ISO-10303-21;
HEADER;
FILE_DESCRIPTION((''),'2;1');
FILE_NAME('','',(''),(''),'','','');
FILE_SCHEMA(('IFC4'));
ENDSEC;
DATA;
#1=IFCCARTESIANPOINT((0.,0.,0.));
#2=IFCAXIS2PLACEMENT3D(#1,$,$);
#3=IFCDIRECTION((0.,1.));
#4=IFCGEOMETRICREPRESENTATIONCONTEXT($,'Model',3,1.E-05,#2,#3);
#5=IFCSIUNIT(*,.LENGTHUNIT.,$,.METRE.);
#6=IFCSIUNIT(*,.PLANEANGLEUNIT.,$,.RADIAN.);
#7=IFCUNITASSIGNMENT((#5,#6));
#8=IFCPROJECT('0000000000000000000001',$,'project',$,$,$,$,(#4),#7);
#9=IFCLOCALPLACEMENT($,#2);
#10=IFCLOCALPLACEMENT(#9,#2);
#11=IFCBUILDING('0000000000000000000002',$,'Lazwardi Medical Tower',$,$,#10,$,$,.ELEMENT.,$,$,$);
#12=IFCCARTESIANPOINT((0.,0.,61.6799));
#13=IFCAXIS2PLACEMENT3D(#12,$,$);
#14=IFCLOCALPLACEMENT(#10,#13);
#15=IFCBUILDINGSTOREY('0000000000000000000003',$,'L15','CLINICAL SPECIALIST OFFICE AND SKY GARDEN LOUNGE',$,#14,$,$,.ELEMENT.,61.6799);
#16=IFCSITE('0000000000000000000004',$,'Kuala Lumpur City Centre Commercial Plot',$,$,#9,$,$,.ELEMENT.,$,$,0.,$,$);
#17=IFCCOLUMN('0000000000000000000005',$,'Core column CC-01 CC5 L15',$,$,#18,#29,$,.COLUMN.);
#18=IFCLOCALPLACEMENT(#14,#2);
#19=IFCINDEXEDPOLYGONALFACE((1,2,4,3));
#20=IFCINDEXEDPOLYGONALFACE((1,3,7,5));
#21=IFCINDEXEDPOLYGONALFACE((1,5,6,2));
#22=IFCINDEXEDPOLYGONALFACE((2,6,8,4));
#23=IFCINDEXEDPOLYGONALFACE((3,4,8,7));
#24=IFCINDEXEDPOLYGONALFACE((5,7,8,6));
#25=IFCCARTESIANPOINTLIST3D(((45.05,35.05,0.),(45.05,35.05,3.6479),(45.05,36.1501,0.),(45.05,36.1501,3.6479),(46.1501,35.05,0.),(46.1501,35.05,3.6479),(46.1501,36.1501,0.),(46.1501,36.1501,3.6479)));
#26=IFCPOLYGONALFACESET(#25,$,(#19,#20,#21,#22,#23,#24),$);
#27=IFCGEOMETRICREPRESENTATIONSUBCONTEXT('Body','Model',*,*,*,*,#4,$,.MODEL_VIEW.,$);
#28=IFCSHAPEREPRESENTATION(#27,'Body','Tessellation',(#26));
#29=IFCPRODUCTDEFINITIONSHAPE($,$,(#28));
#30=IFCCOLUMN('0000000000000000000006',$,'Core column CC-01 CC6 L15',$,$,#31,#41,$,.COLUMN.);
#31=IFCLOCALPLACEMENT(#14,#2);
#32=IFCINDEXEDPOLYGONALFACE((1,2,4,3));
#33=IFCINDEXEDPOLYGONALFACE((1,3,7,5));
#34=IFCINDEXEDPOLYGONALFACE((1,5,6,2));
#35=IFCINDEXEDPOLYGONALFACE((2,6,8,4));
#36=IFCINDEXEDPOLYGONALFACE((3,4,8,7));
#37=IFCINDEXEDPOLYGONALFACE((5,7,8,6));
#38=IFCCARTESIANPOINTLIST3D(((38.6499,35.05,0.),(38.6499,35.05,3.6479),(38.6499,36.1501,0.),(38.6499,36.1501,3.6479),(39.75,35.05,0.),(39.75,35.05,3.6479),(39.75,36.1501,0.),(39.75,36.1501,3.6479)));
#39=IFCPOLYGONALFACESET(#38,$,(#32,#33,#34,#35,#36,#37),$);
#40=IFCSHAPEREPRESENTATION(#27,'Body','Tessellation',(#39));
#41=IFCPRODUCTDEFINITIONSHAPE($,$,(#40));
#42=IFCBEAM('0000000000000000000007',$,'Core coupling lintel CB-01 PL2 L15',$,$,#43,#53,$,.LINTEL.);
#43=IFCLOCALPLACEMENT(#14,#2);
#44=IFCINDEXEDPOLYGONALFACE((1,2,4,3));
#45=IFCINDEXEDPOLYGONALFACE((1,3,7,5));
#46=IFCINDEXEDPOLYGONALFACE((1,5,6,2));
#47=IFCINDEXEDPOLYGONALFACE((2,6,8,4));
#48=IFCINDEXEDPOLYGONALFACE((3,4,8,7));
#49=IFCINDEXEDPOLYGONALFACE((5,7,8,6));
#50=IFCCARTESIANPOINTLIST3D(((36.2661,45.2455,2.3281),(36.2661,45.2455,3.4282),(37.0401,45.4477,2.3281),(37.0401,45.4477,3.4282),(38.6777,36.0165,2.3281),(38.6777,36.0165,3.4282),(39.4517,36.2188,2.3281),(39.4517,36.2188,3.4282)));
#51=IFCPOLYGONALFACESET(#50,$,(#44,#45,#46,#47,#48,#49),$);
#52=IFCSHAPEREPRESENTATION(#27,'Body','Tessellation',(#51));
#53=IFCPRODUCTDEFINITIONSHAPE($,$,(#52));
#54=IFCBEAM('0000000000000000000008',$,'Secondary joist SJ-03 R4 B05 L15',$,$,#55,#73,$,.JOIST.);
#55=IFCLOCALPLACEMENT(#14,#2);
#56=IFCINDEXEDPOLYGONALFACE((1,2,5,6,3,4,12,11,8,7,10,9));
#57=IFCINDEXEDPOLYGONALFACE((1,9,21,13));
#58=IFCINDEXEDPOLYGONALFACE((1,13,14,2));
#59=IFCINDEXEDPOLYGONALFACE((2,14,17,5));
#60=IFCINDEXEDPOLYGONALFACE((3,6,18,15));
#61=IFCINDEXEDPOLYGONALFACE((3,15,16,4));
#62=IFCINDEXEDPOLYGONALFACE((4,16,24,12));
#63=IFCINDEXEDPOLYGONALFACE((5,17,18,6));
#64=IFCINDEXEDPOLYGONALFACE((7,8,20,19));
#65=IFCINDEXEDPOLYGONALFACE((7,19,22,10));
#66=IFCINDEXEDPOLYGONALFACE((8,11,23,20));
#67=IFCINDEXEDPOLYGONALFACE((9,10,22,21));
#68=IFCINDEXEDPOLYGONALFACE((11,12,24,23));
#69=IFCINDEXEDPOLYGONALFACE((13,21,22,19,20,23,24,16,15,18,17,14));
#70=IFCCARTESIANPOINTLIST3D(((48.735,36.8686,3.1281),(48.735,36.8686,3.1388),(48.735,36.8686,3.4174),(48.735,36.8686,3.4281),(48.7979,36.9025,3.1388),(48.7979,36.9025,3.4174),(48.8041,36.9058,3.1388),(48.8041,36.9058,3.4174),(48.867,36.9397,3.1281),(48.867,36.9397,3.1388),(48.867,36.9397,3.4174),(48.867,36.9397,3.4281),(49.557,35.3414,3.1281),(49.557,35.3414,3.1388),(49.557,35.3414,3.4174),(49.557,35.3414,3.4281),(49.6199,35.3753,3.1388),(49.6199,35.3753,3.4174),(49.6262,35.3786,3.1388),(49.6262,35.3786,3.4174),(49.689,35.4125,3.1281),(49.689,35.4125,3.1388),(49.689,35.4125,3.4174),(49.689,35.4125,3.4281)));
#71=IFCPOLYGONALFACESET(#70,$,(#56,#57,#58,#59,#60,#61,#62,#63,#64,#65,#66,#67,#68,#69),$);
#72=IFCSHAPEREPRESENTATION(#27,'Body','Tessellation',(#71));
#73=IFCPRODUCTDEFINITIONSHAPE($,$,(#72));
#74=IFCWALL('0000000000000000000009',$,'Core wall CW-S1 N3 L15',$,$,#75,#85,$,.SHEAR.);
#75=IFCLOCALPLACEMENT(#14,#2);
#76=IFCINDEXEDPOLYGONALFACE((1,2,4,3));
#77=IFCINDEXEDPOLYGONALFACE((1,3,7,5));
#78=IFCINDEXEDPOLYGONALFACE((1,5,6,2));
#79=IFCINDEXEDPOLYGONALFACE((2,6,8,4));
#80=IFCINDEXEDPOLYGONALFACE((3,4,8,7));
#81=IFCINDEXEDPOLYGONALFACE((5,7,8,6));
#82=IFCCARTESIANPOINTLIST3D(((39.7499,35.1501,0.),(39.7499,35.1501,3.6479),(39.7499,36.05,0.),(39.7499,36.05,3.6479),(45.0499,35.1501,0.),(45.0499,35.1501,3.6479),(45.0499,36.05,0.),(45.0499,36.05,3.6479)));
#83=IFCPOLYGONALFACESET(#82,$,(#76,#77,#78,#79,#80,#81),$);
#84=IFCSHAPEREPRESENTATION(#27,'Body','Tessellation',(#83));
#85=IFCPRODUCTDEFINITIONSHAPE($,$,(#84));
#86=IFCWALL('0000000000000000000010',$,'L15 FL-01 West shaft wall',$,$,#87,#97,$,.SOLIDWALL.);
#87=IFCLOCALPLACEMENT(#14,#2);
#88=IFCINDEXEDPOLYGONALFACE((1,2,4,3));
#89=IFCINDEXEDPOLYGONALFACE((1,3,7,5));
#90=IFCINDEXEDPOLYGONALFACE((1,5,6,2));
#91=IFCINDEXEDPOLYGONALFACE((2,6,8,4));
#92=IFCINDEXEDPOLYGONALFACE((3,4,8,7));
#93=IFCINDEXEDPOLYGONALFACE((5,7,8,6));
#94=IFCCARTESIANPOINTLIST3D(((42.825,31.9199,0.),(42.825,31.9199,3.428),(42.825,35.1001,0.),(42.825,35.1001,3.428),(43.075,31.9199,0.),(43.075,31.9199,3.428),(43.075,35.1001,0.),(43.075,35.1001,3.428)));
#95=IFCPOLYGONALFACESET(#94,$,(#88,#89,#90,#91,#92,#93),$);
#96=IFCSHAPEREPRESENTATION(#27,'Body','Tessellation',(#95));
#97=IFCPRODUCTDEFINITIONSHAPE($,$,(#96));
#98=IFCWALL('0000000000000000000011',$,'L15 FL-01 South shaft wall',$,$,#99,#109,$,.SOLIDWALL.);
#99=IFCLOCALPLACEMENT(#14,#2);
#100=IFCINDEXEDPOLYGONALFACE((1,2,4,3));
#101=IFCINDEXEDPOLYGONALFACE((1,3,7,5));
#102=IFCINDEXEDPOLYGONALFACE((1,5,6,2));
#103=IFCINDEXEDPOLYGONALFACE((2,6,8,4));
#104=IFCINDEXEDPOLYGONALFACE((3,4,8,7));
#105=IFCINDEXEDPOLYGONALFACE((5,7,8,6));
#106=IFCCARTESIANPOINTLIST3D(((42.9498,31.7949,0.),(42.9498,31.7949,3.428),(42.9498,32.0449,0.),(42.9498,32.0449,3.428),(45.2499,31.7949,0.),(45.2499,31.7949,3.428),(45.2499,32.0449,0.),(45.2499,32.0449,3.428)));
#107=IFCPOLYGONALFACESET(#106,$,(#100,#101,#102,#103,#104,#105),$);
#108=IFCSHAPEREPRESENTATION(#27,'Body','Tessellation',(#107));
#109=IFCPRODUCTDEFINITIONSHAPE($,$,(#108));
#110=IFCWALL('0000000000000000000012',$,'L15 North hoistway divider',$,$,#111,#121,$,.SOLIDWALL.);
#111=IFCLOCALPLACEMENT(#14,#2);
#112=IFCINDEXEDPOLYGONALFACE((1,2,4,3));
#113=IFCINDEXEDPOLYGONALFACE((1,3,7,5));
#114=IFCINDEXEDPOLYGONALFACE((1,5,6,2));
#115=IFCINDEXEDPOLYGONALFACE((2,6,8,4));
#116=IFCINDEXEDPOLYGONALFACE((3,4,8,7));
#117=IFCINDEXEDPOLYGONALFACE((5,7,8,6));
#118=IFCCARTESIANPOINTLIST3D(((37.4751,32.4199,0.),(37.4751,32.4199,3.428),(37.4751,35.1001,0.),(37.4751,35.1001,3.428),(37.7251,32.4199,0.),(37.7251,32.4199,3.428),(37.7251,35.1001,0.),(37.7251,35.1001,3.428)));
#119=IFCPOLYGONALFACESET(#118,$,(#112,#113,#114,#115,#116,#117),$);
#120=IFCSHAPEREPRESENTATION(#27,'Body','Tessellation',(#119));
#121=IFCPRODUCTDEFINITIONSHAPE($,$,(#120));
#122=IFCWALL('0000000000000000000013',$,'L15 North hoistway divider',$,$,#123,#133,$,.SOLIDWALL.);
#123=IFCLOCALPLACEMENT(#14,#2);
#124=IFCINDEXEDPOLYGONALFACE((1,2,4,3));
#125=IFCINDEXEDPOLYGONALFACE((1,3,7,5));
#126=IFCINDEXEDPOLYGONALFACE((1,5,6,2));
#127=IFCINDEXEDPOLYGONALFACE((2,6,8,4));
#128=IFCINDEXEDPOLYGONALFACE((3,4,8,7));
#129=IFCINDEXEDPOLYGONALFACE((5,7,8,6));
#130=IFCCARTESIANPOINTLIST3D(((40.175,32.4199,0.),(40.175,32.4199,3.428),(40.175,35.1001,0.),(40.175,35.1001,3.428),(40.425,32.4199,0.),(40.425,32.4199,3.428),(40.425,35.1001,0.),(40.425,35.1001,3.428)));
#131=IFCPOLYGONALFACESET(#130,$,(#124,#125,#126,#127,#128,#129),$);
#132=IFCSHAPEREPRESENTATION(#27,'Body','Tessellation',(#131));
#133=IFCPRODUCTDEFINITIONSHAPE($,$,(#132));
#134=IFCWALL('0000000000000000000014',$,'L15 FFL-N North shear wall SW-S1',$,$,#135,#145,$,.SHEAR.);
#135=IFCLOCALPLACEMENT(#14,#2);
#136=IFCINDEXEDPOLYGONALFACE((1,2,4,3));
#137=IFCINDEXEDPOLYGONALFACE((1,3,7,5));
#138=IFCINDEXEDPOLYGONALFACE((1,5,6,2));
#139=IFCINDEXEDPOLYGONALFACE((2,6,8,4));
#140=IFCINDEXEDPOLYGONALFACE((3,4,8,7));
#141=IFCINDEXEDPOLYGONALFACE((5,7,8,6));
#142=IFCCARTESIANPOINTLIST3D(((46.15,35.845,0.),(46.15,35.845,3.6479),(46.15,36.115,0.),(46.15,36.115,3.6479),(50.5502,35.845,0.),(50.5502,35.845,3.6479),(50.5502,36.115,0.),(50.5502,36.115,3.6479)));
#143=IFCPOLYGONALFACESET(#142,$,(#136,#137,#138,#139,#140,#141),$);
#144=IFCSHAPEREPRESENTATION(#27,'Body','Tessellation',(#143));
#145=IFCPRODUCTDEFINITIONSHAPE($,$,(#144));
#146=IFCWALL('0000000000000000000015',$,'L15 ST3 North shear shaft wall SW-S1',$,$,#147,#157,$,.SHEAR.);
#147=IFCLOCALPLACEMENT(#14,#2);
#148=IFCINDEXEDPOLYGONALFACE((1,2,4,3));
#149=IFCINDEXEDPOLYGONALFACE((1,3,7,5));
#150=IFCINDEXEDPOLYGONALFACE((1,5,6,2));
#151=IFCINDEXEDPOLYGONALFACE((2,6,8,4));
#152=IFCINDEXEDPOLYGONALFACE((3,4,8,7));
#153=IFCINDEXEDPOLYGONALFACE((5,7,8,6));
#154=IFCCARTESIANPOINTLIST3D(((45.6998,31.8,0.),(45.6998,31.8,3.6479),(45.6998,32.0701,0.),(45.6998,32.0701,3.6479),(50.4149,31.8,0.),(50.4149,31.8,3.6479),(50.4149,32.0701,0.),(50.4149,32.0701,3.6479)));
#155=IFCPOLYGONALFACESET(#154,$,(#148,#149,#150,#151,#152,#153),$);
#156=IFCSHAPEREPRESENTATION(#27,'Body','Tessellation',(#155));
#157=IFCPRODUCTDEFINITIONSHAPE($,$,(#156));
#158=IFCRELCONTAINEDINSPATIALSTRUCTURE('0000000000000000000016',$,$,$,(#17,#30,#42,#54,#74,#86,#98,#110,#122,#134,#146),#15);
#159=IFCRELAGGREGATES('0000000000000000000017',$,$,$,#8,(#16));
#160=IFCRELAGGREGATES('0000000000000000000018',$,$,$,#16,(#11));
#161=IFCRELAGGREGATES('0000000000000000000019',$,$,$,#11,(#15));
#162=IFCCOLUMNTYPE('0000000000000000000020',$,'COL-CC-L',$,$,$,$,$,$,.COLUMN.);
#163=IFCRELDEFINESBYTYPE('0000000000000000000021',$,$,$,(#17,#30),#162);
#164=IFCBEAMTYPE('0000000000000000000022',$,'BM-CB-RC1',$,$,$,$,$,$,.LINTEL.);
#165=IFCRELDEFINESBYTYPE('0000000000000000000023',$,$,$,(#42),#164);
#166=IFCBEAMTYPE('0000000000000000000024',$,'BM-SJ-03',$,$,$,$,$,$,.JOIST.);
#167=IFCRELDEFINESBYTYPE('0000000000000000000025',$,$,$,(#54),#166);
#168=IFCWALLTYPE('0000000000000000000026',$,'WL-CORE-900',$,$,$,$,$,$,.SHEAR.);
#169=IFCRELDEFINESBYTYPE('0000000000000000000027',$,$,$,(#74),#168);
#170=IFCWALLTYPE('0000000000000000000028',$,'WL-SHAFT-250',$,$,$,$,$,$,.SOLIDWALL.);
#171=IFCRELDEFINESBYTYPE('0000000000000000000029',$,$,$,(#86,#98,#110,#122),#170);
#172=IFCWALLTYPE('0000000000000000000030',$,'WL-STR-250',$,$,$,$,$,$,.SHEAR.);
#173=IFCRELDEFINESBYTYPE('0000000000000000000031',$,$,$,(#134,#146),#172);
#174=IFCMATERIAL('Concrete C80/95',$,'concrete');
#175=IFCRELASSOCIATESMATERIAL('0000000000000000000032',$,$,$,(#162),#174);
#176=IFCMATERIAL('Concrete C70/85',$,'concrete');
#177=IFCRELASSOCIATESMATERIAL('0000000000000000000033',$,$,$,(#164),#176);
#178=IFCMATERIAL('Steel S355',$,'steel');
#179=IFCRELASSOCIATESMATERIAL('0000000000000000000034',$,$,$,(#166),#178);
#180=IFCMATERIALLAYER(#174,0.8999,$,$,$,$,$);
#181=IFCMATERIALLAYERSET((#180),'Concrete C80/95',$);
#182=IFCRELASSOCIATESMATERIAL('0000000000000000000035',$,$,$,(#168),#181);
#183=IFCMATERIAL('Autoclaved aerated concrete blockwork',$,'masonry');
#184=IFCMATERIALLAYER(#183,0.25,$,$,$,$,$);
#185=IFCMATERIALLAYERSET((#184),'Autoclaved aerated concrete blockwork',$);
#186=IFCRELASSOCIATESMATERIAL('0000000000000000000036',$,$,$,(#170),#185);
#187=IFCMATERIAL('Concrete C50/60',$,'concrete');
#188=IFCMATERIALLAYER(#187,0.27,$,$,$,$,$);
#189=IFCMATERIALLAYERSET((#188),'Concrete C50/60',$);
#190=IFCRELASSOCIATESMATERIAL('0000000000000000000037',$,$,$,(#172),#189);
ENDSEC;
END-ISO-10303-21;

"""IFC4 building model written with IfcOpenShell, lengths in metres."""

from ifc_helpers import new_model, si_unit, direction, frame, frame_2d, origin, origin_2d, place, context, subcontext, project, spatial, rectangle, i_section, extrude, material, layer, layer_set, material_profile, profile_set, type_object, element, save


model = new_model("IFC4")

# Units and contexts
model_context = context("Model", 3, precision=1e-05, world=origin(), true_north=direction((0.0, 1.0)))
body_context = subcontext(model_context, "Body", "Model", "MODEL_VIEW")
ifc_project = project(units=[si_unit("LENGTHUNIT", "METRE"), si_unit("PLANEANGLEUNIT", "RADIAN")], contexts=[model_context])

# Site, building, storey
site_placement = place(None, origin())
site = spatial("IfcSite", under=ifc_project, at=site_placement, Name="Kuala Lumpur City Centre Commercial Plot", CompositionType="ELEMENT", RefElevation=0.0)
building_placement = place(site_placement, origin())
building = spatial("IfcBuilding", under=site, at=building_placement, Name="Lazwardi Medical Tower", CompositionType="ELEMENT")
storey_placement = place(building_placement, frame((0.0, 0.0, 61.6799)))
storey = spatial("IfcBuildingStorey", under=building, at=storey_placement, Name="L15", Description="CLINICAL SPECIALIST OFFICE AND SKY GARDEN LOUNGE", CompositionType="ELEMENT", Elevation=61.6799)

# Columns
ifc_material_1 = material(Name="Concrete C80/95", Category="concrete")
ifc_material_profile_1 = material_profile(ifc_material_1, rectangle(XDim=1.1001, YDim=1.1001, at=origin_2d()), Name="RC 1100x1100")
ifc_profile_set_1 = profile_set([ifc_material_profile_1], Name="Concrete C80/95")
column_type = type_object("IfcColumnType", Name="COL-CC-L", PredefinedType="COLUMN", material=ifc_profile_set_1)
for number, where, z_axis, x_axis, name in (
    (1, (45.6001, 35.6001, 0.0), (0.0, 0.0, 1.0), (1.0, 0.0, 0.0), "Core column CC-01 CC5 L15"),
    (2, (39.2, 35.6001, 0.0), (0.0, 0.0, 1.0), (1.0, 0.0, 0.0), "Core column CC-01 CC6 L15"),
):
    element("IfcColumn", number, at=place(storey_placement, frame(where, z_axis=z_axis, x_axis=x_axis)), inside=storey, type_object=column_type, Name=name, PredefinedType="COLUMN", context=body_context, shape_type="SweptSolid", body=[
        extrude(rectangle(XDim=1.1001, YDim=1.1001, at=origin_2d()), origin(), (0.0, 0.0, 1.0), 3.6479),
    ])

# Beams
ifc_material_2 = material(Name="Concrete C70/85", Category="concrete")
ifc_material_profile_2 = material_profile(ifc_material_2, rectangle(XDim=0.8, YDim=1.1001, at=origin_2d()), Name="RC 800x1100")
ifc_profile_set_2 = profile_set([ifc_material_profile_2], Name="Concrete C70/85")
beam_type_1 = type_object("IfcBeamType", Name="BM-CB-RC1", PredefinedType="LINTEL", material=ifc_profile_set_2)
beam_1_placement = place(storey_placement, frame((39.0647, 36.1177, 2.8782), z_axis=(-0.25282, 0.967513, 0.0), x_axis=(-0.967513, -0.25282, 0.0)))
element("IfcBeam", 3, at=beam_1_placement, inside=storey, type_object=beam_type_1, Name="Core coupling lintel CB-01 PL2 L15", PredefinedType="LINTEL", context=body_context, shape_type="SweptSolid", body=[
    extrude(rectangle(XDim=0.8, YDim=1.1001, at=origin_2d()), origin(), (0.0, 0.0, 1.0), 9.5388),
])
ifc_material_3 = material(Name="Steel S355", Category="steel")
ifc_material_profile_3 = material_profile(ifc_material_3, i_section(OverallWidth=0.1499, OverallDepth=0.3, WebThickness=0.0071, FlangeThickness=0.0107, at=origin_2d()), Name="IPE 300")
ifc_profile_set_3 = profile_set([ifc_material_profile_3], Name="Steel S355")
beam_type_2 = type_object("IfcBeamType", Name="BM-SJ-03", PredefinedType="JOIST", material=ifc_profile_set_3)
beam_2_placement = place(storey_placement, frame((49.623, 35.377, 3.2781), z_axis=(-0.473982, 0.880534, 0.0), x_axis=(-0.880534, -0.473982, 0.0)))
element("IfcBeam", 4, at=beam_2_placement, inside=storey, type_object=beam_type_2, Name="Secondary joist SJ-03 R4 B05 L15", PredefinedType="JOIST", context=body_context, shape_type="SweptSolid", body=[
    extrude(i_section(OverallWidth=0.1499, OverallDepth=0.3, WebThickness=0.0071, FlangeThickness=0.0107, at=origin_2d()), origin(), (0.0, 0.0, 1.0), 1.7344),
])

# Walls
ifc_layer_1 = layer(ifc_material_1, 0.8999)
ifc_layer_set_1 = layer_set([ifc_layer_1], Name="Concrete C80/95")
wall_type_1 = type_object("IfcWallType", Name="WL-CORE-900", PredefinedType="SHEAR", material=ifc_layer_set_1)
wall_1_placement = place(storey_placement, frame((39.75, 35.6001, 0.0), z_axis=(0.0, 0.0, 1.0), x_axis=(1.0, 0.0, 0.0)))
element("IfcWall", 5, at=wall_1_placement, inside=storey, type_object=wall_type_1, Name="Core wall CW-S1 N3 L15", PredefinedType="SHEAR", context=body_context, shape_type="SweptSolid", body=[
    extrude(rectangle(XDim=5.3, YDim=0.8999, at=frame_2d((2.6499, 0.0))), origin(), (0.0, 0.0, 1.0), 3.6479),
])
ifc_material_4 = material(Name="Autoclaved aerated concrete blockwork", Category="masonry")
ifc_layer_2 = layer(ifc_material_4, 0.25)
ifc_layer_set_2 = layer_set([ifc_layer_2], Name="Autoclaved aerated concrete blockwork")
wall_type_2 = type_object("IfcWallType", Name="WL-SHAFT-250", PredefinedType="SOLIDWALL", material=ifc_layer_set_2)
wall_2_placement = place(storey_placement, frame((42.95, 31.9199, 0.0), z_axis=(0.0, 0.0, 1.0), x_axis=(0.0, 1.0, 0.0)))
element("IfcWall", 6, at=wall_2_placement, inside=storey, type_object=wall_type_2, Name="L15 FL-01 West shaft wall", PredefinedType="SOLIDWALL", context=body_context, shape_type="SweptSolid", body=[
    extrude(rectangle(XDim=3.1802, YDim=0.25, at=frame_2d((1.5901, 0.0))), origin(), (0.0, 0.0, 1.0), 3.428),
])
wall_3_placement = place(storey_placement, frame((42.95, 31.9199, 0.0), z_axis=(0.0, 0.0, 1.0), x_axis=(1.0, 0.0, 0.0)))
element("IfcWall", 7, at=wall_3_placement, inside=storey, type_object=wall_type_2, Name="L15 FL-01 South shaft wall", PredefinedType="SOLIDWALL", context=body_context, shape_type="SweptSolid", body=[
    extrude(rectangle(XDim=2.3, YDim=0.25, at=frame_2d((1.1499, 0.0))), origin(), (0.0, 0.0, 1.0), 3.428),
])
for number, where, z_axis, x_axis, name in (
    (8, (37.6001, 32.4199, 0.0), (0.0, 0.0, 1.0), (0.0, 1.0, 0.0), "L15 North hoistway divider"),
    (9, (40.3, 32.4199, 0.0), (0.0, 0.0, 1.0), (0.0, 1.0, 0.0), "L15 North hoistway divider"),
):
    element("IfcWall", number, at=place(storey_placement, frame(where, z_axis=z_axis, x_axis=x_axis)), inside=storey, type_object=wall_type_2, Name=name, PredefinedType="SOLIDWALL", context=body_context, shape_type="SweptSolid", body=[
        extrude(rectangle(XDim=2.6802, YDim=0.25, at=frame_2d((1.3401, 0.0))), origin(), (0.0, 0.0, 1.0), 3.428),
    ])

# Shared definitions
ifc_material_5 = material(Name="Concrete C50/60", Category="concrete")
ifc_layer_3 = layer(ifc_material_5, 0.27)
ifc_layer_set_3 = layer_set([ifc_layer_3], Name="Concrete C50/60")
wall_type_3 = type_object("IfcWallType", Name="WL-STR-250", PredefinedType="SHEAR", material=ifc_layer_set_3)

# Walls
wall_4_placement = place(storey_placement, frame((46.1499, 35.98, 0.0), z_axis=(0.0, 0.0, 1.0), x_axis=(1.0, 0.0, 0.0)))
element("IfcWall", 10, at=wall_4_placement, inside=storey, type_object=wall_type_3, Name="L15 FFL-N North shear wall SW-S1", PredefinedType="SHEAR", context=body_context, shape_type="SweptSolid", body=[
    extrude(rectangle(XDim=4.4001, YDim=0.27, at=frame_2d((2.2002, 0.0))), origin(), (0.0, 0.0, 1.0), 3.6479),
])
wall_5_placement = place(storey_placement, frame((45.7, 31.9351, 0.0), z_axis=(0.0, 0.0, 1.0), x_axis=(1.0, 0.0, 0.0)))
element("IfcWall", 11, at=wall_5_placement, inside=storey, type_object=wall_type_3, Name="L15 ST3 North shear shaft wall SW-S1", PredefinedType="SHEAR", context=body_context, shape_type="SweptSolid", body=[
    extrude(rectangle(XDim=4.7151, YDim=0.27, at=frame_2d((2.3574, 0.0))), origin(), (0.0, 0.0, 1.0), 3.6479),
])

save(model, "model.ifc")
